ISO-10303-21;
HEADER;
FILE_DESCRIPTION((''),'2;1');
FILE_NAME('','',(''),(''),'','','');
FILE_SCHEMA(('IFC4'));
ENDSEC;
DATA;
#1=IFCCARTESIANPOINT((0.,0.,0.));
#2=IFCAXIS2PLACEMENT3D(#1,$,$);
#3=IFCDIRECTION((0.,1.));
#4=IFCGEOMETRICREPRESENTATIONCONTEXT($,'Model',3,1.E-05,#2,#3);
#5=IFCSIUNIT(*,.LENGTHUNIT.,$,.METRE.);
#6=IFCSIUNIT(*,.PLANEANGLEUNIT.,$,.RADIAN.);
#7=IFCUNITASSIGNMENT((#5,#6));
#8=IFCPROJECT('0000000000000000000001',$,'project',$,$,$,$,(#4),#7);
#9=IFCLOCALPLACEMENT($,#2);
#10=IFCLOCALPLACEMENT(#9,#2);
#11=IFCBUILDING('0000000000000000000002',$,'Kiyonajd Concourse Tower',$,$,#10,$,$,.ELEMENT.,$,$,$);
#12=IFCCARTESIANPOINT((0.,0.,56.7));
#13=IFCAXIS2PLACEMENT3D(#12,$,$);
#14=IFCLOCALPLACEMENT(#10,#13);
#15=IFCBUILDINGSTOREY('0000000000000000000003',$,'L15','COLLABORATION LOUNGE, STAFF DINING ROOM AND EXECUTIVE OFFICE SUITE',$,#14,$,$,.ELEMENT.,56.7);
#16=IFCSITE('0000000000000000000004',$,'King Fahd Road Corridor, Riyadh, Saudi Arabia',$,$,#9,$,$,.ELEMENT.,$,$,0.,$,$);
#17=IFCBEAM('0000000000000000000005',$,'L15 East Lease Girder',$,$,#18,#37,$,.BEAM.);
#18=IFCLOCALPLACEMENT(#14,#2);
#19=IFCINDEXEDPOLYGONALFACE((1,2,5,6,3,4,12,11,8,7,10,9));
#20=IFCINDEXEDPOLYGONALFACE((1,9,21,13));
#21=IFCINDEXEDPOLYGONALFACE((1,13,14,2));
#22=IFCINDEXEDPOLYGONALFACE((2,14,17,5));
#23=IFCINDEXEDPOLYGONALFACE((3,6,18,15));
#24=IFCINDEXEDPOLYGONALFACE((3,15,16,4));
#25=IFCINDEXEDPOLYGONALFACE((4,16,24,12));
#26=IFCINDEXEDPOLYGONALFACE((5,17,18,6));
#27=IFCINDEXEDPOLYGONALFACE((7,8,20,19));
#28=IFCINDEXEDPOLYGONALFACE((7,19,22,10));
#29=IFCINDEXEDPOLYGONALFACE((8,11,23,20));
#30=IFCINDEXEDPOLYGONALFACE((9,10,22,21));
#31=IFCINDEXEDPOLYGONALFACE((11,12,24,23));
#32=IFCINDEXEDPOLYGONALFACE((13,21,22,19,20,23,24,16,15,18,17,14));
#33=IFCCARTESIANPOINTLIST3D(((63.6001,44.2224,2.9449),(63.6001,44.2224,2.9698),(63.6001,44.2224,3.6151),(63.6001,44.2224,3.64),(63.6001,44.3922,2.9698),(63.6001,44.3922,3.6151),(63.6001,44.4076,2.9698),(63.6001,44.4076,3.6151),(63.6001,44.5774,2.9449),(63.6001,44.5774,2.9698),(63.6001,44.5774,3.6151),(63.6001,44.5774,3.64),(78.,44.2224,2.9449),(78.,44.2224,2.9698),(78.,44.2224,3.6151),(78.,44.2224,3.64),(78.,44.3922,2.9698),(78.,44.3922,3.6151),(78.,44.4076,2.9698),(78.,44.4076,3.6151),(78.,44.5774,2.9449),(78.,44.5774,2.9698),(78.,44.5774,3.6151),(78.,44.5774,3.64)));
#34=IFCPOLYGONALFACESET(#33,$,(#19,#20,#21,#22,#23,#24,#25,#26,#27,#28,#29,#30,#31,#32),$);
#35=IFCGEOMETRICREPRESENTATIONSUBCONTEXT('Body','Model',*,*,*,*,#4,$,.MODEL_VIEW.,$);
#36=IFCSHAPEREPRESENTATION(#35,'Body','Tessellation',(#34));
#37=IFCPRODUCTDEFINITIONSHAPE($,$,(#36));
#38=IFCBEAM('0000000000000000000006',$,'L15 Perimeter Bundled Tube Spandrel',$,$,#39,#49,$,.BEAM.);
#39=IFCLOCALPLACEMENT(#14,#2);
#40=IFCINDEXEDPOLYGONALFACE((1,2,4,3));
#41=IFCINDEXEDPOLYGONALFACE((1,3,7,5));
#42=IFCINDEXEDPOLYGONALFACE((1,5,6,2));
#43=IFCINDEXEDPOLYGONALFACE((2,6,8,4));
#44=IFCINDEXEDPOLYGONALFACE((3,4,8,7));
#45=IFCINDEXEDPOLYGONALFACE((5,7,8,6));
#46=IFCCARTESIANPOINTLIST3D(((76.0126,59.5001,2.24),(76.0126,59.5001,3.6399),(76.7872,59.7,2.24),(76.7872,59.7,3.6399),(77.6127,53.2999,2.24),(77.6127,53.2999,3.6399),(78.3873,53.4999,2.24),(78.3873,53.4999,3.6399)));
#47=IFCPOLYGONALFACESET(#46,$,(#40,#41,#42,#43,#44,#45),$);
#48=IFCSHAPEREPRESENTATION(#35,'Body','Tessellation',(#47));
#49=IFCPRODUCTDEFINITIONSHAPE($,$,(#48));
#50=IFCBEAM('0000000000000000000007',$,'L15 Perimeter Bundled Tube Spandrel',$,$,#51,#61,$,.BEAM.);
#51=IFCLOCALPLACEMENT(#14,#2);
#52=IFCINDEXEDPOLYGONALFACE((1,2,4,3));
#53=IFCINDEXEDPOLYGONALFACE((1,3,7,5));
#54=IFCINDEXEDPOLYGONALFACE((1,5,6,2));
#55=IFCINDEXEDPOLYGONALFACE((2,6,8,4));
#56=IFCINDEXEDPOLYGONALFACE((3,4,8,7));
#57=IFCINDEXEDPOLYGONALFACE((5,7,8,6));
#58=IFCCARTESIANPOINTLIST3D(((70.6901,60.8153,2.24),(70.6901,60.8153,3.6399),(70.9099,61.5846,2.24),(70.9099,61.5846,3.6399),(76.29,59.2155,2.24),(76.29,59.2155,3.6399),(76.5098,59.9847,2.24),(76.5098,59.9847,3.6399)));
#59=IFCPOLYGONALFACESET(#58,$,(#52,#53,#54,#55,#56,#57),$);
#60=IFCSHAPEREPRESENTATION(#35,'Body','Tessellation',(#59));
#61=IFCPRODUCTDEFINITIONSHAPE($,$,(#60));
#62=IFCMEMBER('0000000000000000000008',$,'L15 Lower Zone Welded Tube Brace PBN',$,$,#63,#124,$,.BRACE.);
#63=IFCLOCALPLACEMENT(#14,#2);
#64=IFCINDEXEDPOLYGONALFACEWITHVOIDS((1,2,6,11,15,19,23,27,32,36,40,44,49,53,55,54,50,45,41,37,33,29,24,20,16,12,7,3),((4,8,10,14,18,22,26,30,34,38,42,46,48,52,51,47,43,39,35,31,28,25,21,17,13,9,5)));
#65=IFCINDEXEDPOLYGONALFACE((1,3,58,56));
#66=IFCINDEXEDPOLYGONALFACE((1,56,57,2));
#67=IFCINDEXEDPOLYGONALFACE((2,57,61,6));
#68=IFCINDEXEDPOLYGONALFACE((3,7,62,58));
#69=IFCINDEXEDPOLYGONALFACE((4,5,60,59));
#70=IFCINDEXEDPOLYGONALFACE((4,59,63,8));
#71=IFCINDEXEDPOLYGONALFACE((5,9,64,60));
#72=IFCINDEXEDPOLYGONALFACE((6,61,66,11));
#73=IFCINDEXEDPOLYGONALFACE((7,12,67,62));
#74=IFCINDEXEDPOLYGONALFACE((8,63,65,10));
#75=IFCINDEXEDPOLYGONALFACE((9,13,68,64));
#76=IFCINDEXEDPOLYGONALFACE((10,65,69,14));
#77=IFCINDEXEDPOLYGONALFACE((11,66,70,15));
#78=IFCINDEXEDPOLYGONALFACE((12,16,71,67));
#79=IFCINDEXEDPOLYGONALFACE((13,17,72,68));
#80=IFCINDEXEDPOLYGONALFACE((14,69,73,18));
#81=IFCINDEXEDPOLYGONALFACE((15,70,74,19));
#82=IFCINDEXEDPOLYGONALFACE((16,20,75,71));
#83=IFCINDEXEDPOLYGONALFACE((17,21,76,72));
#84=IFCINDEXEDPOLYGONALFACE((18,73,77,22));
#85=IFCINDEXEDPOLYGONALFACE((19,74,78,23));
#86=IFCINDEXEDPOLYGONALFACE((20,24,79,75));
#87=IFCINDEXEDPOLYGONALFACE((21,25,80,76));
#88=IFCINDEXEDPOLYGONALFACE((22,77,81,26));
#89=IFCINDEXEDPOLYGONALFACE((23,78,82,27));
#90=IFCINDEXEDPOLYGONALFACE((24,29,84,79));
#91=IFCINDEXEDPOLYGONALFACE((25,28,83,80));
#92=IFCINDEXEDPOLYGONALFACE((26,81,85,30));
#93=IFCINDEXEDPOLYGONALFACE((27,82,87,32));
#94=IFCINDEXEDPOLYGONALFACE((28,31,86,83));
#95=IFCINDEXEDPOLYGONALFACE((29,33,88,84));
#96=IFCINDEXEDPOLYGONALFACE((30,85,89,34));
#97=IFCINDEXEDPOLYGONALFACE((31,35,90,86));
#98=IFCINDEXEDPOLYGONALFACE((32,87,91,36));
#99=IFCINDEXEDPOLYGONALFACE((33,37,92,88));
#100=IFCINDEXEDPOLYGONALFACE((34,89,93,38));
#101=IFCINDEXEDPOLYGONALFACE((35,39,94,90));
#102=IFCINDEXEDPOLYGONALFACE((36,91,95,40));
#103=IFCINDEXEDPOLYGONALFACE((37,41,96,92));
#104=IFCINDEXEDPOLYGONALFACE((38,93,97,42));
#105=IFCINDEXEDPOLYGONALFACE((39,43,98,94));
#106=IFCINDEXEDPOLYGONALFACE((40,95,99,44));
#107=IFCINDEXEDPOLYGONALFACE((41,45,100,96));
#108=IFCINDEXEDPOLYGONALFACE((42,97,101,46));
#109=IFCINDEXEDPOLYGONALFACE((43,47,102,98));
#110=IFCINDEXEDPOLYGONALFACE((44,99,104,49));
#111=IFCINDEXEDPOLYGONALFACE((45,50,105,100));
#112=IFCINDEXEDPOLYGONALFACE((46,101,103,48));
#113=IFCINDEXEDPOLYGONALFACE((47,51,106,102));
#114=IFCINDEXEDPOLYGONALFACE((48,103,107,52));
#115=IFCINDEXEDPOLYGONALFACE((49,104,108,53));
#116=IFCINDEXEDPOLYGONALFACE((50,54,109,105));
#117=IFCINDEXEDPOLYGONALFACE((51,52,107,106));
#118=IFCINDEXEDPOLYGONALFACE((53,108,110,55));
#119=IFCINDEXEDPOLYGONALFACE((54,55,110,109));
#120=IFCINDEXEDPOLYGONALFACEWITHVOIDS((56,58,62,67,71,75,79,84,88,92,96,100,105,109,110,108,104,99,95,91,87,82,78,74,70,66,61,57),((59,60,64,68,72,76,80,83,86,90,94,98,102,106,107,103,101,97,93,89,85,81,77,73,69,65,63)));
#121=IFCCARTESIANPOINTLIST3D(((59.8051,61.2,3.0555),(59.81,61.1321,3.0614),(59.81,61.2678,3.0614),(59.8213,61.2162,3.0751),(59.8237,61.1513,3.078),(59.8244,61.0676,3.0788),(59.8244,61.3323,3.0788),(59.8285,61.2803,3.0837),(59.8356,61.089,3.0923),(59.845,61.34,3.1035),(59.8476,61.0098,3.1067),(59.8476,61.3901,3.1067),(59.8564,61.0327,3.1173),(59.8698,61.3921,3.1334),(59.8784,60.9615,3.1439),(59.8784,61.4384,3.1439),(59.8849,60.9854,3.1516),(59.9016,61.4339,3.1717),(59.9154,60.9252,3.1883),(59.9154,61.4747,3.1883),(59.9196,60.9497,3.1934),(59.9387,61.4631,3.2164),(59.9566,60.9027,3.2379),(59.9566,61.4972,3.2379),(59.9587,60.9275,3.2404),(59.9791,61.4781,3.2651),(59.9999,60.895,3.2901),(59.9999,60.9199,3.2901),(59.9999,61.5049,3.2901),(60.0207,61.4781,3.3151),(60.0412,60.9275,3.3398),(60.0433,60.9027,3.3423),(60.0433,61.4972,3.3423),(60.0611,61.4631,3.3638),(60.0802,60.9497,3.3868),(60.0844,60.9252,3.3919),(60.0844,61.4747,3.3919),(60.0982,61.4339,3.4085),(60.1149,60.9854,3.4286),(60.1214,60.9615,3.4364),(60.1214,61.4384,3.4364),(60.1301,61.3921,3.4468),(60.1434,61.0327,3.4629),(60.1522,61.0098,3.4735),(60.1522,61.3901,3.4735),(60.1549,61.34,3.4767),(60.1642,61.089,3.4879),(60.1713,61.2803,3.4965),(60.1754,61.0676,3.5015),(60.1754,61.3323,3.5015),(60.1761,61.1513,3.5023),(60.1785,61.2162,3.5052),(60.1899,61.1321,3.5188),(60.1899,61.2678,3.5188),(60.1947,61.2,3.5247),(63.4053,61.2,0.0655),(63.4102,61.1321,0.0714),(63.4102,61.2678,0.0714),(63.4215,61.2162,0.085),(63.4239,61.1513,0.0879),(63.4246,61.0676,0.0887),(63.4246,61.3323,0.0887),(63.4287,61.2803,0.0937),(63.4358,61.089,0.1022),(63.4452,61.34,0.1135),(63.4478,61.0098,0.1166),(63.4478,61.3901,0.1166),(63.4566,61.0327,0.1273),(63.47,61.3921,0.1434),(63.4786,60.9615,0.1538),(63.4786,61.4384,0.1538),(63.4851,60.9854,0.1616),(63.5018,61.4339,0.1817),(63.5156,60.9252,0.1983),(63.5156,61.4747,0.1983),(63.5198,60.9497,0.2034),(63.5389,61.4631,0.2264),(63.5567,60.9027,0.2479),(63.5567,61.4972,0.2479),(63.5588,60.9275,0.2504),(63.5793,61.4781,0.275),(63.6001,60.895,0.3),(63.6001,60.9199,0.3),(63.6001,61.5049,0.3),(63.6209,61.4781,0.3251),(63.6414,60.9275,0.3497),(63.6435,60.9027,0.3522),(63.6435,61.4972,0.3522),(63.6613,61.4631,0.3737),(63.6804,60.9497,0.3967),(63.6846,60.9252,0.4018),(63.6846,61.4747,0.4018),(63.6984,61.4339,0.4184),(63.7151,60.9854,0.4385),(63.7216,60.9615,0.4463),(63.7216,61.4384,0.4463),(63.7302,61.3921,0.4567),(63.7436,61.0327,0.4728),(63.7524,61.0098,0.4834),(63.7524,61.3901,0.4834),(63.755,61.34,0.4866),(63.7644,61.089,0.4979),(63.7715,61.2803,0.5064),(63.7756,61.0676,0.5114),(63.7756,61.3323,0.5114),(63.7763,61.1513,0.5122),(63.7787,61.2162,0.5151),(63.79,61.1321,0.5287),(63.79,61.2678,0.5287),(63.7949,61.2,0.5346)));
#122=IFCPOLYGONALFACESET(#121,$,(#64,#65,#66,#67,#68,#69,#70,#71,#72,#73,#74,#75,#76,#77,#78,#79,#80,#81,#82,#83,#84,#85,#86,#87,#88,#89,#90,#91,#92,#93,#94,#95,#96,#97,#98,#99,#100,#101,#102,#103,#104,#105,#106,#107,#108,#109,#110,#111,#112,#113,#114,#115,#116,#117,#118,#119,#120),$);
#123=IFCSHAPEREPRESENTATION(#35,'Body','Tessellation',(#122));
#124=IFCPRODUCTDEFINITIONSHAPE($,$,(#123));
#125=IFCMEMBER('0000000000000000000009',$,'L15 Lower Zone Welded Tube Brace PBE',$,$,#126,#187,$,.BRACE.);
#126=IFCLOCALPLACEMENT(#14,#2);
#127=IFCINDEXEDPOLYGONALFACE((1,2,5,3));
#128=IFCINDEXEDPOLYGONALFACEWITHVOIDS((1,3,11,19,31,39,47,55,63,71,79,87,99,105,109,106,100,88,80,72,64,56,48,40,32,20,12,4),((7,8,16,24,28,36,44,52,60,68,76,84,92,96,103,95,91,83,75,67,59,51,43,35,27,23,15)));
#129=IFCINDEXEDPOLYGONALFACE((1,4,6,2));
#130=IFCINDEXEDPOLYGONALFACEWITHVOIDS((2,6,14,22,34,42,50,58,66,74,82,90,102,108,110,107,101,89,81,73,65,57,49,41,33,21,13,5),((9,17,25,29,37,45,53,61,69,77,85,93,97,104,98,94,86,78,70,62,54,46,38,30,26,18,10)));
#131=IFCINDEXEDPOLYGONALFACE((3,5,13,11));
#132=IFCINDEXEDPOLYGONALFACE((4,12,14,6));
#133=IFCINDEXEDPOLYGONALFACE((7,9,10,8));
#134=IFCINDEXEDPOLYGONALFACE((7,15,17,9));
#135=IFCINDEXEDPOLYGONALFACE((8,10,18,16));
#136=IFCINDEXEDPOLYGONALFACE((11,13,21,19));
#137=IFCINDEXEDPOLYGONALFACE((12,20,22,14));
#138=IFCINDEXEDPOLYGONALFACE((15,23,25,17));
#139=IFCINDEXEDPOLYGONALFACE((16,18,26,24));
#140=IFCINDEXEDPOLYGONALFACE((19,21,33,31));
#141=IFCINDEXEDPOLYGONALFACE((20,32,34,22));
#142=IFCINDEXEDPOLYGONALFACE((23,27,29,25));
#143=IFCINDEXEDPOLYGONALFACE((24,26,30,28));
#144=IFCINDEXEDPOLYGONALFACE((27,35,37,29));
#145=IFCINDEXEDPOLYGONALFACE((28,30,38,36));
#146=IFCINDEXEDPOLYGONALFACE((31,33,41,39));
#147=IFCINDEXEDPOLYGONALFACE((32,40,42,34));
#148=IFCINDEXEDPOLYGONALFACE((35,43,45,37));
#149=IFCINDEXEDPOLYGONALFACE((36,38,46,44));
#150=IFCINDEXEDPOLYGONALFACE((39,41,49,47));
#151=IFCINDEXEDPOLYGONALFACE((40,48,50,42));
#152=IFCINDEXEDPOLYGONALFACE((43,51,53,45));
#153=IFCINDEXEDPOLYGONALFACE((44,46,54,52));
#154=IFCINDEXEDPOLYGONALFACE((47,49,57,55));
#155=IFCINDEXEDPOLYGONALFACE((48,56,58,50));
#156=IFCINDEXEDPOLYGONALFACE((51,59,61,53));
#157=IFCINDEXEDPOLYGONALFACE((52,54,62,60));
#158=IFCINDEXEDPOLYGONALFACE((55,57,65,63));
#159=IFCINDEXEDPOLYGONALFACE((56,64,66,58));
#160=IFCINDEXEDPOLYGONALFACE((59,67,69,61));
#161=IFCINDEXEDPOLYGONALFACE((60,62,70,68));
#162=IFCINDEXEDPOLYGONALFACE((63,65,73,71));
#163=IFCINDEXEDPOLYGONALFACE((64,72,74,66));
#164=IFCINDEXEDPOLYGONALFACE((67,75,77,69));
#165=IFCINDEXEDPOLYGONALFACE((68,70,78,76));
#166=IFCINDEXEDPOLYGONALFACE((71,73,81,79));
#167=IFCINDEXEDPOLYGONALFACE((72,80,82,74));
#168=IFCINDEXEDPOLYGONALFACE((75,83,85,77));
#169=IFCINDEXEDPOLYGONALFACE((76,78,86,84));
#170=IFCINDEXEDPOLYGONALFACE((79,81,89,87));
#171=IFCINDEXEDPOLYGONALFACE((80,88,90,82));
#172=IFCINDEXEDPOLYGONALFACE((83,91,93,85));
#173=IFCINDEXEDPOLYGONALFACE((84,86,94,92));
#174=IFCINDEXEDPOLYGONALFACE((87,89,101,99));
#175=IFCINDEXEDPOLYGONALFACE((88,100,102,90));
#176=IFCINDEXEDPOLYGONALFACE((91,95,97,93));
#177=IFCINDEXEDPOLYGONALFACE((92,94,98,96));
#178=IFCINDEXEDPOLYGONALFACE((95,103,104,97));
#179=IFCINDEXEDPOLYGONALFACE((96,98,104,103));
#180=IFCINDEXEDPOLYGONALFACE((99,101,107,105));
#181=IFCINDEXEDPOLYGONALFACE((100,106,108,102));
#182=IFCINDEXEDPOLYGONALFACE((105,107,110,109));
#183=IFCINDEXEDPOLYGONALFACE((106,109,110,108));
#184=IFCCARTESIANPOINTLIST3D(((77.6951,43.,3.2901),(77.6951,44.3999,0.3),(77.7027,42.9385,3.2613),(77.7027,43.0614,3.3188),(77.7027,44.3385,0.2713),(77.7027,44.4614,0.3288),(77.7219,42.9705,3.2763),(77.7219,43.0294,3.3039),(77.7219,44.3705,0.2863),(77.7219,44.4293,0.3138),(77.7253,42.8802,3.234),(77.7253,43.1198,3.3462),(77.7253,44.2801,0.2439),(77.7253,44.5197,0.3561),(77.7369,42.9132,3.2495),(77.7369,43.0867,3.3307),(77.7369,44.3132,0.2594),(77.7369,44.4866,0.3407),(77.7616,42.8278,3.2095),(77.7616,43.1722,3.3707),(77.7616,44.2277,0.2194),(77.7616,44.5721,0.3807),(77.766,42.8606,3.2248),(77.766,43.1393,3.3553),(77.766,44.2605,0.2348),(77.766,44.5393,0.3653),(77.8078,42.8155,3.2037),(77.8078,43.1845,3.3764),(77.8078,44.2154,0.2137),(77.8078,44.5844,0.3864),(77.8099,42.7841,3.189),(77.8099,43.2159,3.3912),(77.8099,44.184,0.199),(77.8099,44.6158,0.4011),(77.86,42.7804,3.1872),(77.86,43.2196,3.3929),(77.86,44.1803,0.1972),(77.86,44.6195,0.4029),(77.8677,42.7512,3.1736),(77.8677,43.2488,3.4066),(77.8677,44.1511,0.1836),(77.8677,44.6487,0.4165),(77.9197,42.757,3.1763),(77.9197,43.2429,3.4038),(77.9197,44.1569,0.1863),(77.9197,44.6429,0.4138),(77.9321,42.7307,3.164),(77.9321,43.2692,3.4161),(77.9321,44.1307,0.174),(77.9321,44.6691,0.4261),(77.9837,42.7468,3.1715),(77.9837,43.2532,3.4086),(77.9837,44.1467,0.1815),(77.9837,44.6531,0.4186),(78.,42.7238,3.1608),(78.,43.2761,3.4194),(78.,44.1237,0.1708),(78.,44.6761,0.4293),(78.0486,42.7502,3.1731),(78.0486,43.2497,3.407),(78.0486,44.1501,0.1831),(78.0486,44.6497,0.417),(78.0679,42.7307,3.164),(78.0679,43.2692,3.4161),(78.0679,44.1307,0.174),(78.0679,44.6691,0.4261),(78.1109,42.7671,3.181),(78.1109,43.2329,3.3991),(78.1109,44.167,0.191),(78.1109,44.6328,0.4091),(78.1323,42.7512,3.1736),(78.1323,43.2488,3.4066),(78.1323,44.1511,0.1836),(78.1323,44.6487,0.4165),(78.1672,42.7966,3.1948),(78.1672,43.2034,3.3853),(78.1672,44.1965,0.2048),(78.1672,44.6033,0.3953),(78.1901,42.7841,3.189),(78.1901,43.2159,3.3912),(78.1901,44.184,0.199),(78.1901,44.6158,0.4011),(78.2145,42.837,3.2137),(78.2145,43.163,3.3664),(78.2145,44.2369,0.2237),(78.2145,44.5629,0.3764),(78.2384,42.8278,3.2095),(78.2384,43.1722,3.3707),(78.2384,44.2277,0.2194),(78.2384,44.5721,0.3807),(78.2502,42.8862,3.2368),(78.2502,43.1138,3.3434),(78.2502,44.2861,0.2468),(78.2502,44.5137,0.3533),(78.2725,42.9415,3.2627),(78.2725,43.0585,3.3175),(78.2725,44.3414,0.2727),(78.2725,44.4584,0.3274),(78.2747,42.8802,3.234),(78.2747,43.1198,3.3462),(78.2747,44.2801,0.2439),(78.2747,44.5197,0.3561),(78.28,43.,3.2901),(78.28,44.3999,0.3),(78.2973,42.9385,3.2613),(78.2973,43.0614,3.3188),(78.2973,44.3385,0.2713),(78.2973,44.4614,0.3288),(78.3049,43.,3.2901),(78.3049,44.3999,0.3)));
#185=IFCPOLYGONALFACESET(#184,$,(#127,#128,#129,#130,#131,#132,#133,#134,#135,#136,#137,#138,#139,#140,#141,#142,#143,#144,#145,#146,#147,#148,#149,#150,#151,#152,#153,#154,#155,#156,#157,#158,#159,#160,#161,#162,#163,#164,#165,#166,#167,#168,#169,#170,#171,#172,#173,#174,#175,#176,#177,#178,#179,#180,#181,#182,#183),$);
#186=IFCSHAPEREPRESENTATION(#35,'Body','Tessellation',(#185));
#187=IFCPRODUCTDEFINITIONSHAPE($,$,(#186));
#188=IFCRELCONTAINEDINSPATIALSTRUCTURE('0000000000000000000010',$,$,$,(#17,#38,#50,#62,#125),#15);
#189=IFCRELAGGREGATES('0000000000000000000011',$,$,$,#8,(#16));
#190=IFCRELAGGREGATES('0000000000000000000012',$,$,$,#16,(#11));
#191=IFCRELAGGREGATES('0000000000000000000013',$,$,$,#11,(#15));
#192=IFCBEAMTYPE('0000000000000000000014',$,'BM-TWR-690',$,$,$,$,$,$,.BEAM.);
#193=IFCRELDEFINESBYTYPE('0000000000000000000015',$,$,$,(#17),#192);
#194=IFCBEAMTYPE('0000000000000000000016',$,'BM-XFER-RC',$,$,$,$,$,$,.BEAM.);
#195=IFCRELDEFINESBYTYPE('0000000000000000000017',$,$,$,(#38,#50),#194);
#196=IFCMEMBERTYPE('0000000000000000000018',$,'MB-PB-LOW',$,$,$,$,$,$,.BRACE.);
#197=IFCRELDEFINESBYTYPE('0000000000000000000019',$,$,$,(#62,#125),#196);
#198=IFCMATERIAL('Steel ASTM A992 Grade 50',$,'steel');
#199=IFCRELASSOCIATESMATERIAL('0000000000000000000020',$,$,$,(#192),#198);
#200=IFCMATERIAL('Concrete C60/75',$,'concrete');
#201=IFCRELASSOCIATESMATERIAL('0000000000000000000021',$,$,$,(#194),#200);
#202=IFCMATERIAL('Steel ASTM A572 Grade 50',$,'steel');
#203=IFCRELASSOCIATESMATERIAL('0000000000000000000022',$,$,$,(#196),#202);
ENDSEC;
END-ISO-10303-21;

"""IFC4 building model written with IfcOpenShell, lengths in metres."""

from ifc_helpers import new_model, si_unit, direction, frame, origin, origin_2d, place, context, subcontext, project, spatial, rectangle, hollow_circle, i_section, extrude, material, material_profile, profile_set, type_object, element, save


model = new_model("IFC4")

# Units and contexts
model_context = context("Model", 3, precision=1e-05, world=origin(), true_north=direction((0.0, 1.0)))
body_context = subcontext(model_context, "Body", "Model", "MODEL_VIEW")
ifc_project = project(units=[si_unit("LENGTHUNIT", "METRE"), si_unit("PLANEANGLEUNIT", "RADIAN")], contexts=[model_context])

# Site, building, storey
site_placement = place(None, origin())
site = spatial("IfcSite", under=ifc_project, at=site_placement, Name="King Fahd Road Corridor, Riyadh, Saudi Arabia", CompositionType="ELEMENT", RefElevation=0.0)
building_placement = place(site_placement, origin())
building = spatial("IfcBuilding", under=site, at=building_placement, Name="Kiyonajd Concourse Tower", CompositionType="ELEMENT")
storey_placement = place(building_placement, frame((0.0, 0.0, 56.7)))
storey = spatial("IfcBuildingStorey", under=building, at=storey_placement, Name="L15", Description="COLLABORATION LOUNGE, STAFF DINING ROOM AND EXECUTIVE OFFICE SUITE", CompositionType="ELEMENT", Elevation=56.7)

# Beams
ifc_material_1 = material(Name="Steel ASTM A992 Grade 50", Category="steel")
ifc_material_profile_1 = material_profile(ifc_material_1, i_section(OverallWidth=0.355, OverallDepth=0.6951, WebThickness=0.0154, FlangeThickness=0.0249, at=origin_2d()), Name="W690X217")
ifc_profile_set_1 = profile_set([ifc_material_profile_1], Name="Steel ASTM A992 Grade 50")
beam_type_1 = type_object("IfcBeamType", Name="BM-TWR-690", PredefinedType="BEAM", material=ifc_profile_set_1)
beam_1_placement = place(storey_placement, frame((63.6001, 44.3999, 3.2925), z_axis=(1.0, 0.0, 0.0), x_axis=(0.0, 1.0, 0.0)))
element("IfcBeam", 1, at=beam_1_placement, inside=storey, type_object=beam_type_1, Name="L15 East Lease Girder", PredefinedType="BEAM", context=body_context, shape_type="SweptSolid", body=[
    extrude(i_section(OverallWidth=0.355, OverallDepth=0.6951, WebThickness=0.0154, FlangeThickness=0.0249, at=origin_2d()), origin(), (0.0, 0.0, 1.0), 14.3999),
])
ifc_material_2 = material(Name="Concrete C60/75", Category="concrete")
ifc_material_profile_2 = material_profile(ifc_material_2, rectangle(XDim=0.8, YDim=1.3999, at=origin_2d()), Name="RCBM-800x1400")
ifc_profile_set_2 = profile_set([ifc_material_profile_2], Name="Concrete C60/75")
beam_type_2 = type_object("IfcBeamType", Name="BM-XFER-RC", PredefinedType="BEAM", material=ifc_profile_set_2)
beam_2_placement = place(storey_placement, frame((78.0, 53.3999, 2.9399), z_axis=(-0.249885, 0.968276, 0.0), x_axis=(-0.968276, -0.249885, 0.0)))
element("IfcBeam", 2, at=beam_2_placement, inside=storey, type_object=beam_type_2, Name="L15 Perimeter Bundled Tube Spandrel", PredefinedType="BEAM", context=body_context, shape_type="SweptSolid", body=[
    extrude(rectangle(XDim=0.8, YDim=1.3999, at=origin_2d()), origin(), (0.0, 0.0, 1.0), 6.4033),
])
beam_3_placement = place(storey_placement, frame((76.3999, 59.6001, 2.9399), z_axis=(-0.961529, 0.274705, 0.0), x_axis=(-0.274705, -0.961529, 0.0)))
element("IfcBeam", 3, at=beam_3_placement, inside=storey, type_object=beam_type_2, Name="L15 Perimeter Bundled Tube Spandrel", PredefinedType="BEAM", context=body_context, shape_type="SweptSolid", body=[
    extrude(rectangle(XDim=0.8, YDim=1.3999, at=origin_2d()), origin(), (0.0, 0.0, 1.0), 5.824),
])

# Members
ifc_material_3 = material(Name="Steel ASTM A572 Grade 50", Category="steel")
ifc_material_profile_3 = material_profile(ifc_material_3, hollow_circle(Radius=0.3049, WallThickness=0.0249, at=origin_2d()), Name="CHS-610x25")
ifc_profile_set_3 = profile_set([ifc_material_profile_3], Name="Steel ASTM A572 Grade 50")
member_type = type_object("IfcMemberType", Name="MB-PB-LOW", PredefinedType="BRACE", material=ifc_profile_set_3)
member_1_placement = place(storey_placement, frame((63.6001, 61.2, 0.3), z_axis=(-0.769281, 0.0, 0.638911), x_axis=(0.0, -1.0, 0.0)))
element("IfcMember", 4, at=member_1_placement, inside=storey, type_object=member_type, Name="L15 Lower Zone Welded Tube Brace PBN", PredefinedType="BRACE", context=body_context, shape_type="SweptSolid", body=[
    extrude(hollow_circle(Radius=0.3049, WallThickness=0.0249, at=origin_2d()), origin(), (0.0, 0.0, 1.0), 4.6799),
])
member_2_placement = place(storey_placement, frame((78.0, 44.3999, 0.3), z_axis=(0.0, -0.424023, 0.905652), x_axis=(1.0, 0.0, 0.0)))
element("IfcMember", 5, at=member_2_placement, inside=storey, type_object=member_type, Name="L15 Lower Zone Welded Tube Brace PBE", PredefinedType="BRACE", context=body_context, shape_type="SweptSolid", body=[
    extrude(hollow_circle(Radius=0.3049, WallThickness=0.0249, at=origin_2d()), origin(), (0.0, 0.0, 1.0), 3.3015),
])

save(model, "model.ifc")
